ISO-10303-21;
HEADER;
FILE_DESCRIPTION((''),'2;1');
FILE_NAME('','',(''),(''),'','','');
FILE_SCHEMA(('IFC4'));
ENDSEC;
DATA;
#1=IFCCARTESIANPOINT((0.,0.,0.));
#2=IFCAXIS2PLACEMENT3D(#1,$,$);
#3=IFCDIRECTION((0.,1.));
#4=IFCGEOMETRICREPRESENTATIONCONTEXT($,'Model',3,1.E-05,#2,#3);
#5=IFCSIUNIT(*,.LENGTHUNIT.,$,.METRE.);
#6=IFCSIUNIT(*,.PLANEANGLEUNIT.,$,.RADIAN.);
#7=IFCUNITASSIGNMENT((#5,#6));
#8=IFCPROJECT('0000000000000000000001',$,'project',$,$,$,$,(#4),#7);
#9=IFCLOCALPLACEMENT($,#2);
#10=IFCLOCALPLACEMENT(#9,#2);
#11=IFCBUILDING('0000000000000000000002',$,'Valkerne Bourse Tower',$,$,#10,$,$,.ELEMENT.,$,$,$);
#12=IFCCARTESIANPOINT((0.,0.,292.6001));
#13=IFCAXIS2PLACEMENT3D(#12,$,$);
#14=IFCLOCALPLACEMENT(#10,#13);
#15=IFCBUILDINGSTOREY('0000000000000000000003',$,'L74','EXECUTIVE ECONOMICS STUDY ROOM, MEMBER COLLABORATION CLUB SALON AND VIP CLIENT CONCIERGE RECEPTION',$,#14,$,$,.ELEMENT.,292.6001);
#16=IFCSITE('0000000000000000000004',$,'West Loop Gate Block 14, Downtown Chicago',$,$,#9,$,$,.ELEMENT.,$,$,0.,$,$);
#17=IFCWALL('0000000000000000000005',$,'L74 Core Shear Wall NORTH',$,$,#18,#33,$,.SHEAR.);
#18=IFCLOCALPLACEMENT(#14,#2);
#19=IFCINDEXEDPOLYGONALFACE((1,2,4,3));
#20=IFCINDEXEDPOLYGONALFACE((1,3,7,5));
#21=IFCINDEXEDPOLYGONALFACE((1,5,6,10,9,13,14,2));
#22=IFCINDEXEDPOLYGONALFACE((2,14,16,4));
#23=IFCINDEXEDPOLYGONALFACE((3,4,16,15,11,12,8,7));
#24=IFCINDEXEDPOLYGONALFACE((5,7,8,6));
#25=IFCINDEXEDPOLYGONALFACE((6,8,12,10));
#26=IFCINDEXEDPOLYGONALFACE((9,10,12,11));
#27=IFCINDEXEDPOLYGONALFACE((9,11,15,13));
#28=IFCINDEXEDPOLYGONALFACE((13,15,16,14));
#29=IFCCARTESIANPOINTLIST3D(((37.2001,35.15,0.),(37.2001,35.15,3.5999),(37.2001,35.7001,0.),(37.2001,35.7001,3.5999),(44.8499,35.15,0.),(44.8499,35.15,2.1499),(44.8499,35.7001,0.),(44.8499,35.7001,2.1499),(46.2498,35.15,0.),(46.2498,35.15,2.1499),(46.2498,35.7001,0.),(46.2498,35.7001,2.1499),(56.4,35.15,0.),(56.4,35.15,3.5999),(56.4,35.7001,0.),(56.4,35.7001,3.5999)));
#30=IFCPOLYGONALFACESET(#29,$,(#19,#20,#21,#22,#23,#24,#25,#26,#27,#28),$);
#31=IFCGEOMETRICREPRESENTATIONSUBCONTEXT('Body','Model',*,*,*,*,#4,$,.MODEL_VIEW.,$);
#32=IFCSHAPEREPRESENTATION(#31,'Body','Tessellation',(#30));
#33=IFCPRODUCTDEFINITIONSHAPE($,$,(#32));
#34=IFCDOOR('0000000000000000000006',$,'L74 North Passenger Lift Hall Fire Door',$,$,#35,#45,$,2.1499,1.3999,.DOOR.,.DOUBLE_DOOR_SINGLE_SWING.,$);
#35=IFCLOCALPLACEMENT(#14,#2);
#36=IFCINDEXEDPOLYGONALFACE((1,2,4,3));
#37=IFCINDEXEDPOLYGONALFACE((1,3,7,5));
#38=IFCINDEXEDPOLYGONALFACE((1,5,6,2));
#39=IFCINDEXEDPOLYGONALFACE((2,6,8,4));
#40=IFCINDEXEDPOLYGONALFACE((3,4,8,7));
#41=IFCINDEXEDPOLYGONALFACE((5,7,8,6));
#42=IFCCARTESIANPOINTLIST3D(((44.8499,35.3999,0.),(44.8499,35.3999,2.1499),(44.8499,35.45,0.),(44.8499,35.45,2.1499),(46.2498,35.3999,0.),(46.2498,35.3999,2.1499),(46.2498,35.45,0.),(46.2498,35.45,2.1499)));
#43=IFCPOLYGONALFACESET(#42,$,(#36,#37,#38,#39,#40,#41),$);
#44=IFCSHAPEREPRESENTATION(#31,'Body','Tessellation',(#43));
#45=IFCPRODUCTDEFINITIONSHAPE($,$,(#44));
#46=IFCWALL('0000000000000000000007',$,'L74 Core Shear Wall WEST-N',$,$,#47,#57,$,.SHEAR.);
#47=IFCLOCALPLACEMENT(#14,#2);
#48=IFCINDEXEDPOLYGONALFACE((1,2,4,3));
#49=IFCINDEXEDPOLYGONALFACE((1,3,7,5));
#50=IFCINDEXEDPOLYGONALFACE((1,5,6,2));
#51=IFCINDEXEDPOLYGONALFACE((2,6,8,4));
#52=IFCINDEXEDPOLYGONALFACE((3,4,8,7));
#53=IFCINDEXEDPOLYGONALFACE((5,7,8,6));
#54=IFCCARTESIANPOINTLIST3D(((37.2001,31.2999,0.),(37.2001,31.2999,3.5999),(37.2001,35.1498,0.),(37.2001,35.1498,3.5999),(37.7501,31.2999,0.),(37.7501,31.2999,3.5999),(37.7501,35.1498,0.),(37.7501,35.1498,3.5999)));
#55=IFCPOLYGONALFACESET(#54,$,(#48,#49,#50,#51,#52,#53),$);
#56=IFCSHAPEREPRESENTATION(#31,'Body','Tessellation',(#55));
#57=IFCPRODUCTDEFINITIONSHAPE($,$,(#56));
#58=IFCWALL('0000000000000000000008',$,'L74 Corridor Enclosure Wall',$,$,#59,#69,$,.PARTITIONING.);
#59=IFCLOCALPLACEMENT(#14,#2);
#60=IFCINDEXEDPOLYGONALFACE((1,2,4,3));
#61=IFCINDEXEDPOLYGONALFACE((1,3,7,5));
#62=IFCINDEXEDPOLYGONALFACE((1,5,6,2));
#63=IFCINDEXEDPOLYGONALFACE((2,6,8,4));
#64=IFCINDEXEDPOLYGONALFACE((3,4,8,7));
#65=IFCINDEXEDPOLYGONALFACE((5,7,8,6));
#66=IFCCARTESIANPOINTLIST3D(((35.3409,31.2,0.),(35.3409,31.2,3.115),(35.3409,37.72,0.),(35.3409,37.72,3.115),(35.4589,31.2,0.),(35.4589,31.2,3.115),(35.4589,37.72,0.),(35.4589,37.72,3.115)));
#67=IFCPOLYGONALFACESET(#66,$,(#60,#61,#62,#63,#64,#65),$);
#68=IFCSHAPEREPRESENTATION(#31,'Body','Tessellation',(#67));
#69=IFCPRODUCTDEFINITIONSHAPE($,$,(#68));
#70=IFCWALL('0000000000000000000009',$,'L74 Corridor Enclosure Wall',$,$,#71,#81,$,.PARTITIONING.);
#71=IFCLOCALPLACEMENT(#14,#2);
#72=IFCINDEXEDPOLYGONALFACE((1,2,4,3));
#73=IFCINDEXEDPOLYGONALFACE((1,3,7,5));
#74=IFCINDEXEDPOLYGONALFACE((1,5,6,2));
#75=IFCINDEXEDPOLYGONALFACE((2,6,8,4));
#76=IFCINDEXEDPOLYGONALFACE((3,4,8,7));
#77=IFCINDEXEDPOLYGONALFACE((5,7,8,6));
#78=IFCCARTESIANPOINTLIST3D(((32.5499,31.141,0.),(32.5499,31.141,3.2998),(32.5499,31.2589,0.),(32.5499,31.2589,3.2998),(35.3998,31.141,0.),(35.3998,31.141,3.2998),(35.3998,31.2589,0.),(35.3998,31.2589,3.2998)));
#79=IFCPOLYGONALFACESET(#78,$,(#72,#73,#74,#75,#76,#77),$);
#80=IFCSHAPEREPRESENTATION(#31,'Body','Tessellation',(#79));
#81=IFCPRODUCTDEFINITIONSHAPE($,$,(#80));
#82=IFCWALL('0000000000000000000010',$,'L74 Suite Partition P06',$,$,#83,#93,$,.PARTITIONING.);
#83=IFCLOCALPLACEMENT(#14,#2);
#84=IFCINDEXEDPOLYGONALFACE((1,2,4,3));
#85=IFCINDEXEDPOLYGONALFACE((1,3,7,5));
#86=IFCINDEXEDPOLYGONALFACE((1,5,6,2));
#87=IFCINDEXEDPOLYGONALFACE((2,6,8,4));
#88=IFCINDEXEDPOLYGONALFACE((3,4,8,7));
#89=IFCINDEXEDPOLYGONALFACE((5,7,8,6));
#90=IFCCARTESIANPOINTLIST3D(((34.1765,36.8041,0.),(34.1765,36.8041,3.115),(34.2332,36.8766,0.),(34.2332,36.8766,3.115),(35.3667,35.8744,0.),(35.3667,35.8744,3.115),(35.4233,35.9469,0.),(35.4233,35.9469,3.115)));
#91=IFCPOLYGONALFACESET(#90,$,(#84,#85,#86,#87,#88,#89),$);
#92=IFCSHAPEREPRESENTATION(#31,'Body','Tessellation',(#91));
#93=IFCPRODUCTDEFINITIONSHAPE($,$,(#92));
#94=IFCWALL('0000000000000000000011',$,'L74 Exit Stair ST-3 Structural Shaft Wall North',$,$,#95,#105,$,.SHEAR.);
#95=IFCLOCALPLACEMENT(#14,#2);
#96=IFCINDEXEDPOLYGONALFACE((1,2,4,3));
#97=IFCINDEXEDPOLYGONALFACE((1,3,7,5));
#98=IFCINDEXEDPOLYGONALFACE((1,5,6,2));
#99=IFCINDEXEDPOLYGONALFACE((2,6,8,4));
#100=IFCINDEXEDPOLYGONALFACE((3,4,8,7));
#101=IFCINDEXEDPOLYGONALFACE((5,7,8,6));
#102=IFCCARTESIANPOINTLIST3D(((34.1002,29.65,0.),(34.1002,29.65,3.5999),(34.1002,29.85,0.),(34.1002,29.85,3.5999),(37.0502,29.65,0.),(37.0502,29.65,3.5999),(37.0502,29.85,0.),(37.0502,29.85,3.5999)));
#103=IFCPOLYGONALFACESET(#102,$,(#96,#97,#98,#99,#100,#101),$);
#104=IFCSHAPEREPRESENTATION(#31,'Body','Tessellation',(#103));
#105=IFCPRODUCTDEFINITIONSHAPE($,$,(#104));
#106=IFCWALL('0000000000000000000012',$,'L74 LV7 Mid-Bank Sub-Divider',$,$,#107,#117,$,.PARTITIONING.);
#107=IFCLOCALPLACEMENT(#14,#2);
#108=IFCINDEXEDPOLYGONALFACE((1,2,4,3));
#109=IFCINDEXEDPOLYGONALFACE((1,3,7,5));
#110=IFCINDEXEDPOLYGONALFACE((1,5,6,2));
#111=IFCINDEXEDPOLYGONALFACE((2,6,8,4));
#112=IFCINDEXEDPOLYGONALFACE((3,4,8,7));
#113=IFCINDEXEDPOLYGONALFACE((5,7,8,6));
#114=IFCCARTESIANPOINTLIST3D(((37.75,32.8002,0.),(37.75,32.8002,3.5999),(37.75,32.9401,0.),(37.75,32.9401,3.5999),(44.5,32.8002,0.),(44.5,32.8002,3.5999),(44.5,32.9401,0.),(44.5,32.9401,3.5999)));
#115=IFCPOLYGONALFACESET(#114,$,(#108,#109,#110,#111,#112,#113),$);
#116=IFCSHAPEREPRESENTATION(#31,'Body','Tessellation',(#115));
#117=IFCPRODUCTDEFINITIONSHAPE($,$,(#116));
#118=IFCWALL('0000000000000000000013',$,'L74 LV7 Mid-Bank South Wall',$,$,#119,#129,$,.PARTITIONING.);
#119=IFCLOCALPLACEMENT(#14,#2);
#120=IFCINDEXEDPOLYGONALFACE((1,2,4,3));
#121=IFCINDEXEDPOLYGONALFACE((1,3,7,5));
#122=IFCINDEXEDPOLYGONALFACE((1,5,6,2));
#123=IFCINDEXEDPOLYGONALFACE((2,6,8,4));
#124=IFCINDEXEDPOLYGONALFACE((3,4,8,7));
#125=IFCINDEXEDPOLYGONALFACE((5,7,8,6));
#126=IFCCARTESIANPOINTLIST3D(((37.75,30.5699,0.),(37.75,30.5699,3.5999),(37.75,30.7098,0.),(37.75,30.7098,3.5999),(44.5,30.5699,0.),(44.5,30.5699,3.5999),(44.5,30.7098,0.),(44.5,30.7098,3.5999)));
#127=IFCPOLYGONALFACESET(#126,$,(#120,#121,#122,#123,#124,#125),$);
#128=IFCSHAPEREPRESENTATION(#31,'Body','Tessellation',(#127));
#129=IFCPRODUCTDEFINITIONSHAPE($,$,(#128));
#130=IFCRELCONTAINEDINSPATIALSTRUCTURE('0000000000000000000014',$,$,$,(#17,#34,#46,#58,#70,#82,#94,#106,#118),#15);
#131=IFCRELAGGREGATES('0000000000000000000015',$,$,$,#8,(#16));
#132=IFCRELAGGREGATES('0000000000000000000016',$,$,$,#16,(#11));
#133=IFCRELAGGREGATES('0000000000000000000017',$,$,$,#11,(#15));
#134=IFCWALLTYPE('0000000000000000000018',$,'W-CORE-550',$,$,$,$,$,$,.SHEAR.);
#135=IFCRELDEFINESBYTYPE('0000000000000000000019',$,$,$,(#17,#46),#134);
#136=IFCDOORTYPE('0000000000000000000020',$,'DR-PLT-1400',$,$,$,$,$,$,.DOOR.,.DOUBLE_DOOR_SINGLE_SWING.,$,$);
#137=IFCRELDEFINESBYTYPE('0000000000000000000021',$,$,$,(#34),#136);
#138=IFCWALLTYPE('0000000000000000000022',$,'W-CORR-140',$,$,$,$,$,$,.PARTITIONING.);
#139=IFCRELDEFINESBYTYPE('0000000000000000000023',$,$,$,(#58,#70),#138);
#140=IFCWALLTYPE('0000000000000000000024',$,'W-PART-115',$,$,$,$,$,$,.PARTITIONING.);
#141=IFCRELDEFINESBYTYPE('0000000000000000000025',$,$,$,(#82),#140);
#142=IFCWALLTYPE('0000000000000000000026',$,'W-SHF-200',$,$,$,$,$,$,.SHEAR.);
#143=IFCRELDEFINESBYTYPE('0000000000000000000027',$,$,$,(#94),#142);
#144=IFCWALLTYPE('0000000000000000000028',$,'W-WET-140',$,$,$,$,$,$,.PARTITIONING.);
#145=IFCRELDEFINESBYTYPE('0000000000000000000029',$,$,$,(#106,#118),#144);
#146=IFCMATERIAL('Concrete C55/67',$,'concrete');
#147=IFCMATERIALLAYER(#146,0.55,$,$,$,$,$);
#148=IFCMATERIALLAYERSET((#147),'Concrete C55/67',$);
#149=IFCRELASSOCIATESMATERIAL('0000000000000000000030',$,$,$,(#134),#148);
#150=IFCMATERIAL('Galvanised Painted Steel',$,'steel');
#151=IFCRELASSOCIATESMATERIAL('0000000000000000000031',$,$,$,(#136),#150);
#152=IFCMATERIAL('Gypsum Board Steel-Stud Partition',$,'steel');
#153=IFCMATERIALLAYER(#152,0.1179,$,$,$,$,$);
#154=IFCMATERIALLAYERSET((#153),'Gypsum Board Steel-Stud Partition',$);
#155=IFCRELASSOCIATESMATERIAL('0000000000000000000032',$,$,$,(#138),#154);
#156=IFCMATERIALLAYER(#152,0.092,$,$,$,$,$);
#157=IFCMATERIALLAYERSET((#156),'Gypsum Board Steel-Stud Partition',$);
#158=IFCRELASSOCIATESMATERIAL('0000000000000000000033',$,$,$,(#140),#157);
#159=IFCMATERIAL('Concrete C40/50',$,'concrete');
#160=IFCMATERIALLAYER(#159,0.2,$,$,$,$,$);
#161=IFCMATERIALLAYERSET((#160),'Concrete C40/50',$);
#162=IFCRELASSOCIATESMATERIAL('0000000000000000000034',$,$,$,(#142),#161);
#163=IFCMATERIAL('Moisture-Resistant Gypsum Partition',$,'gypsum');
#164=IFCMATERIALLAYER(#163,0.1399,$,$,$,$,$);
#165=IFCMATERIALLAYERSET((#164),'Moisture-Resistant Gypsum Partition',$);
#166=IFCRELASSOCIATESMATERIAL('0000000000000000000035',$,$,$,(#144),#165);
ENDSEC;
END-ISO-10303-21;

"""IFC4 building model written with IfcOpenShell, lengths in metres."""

from ifc_helpers import new_model, si_unit, direction, frame, frame_2d, origin, place, context, subcontext, project, spatial, rectangle, extrude, material, layer, layer_set, type_object, element, fill, save


model = new_model("IFC4")

# Units and contexts
model_context = context("Model", 3, precision=1e-05, world=origin(), true_north=direction((0.0, 1.0)))
body_context = subcontext(model_context, "Body", "Model", "MODEL_VIEW")
ifc_project = project(units=[si_unit("LENGTHUNIT", "METRE"), si_unit("PLANEANGLEUNIT", "RADIAN")], contexts=[model_context])

# Site, building, storey
site_placement = place(None, origin())
site = spatial("IfcSite", under=ifc_project, at=site_placement, Name="West Loop Gate Block 14, Downtown Chicago", CompositionType="ELEMENT", RefElevation=0.0)
building_placement = place(site_placement, origin())
building = spatial("IfcBuilding", under=site, at=building_placement, Name="Valkerne Bourse Tower", CompositionType="ELEMENT")
storey_placement = place(building_placement, frame((0.0, 0.0, 292.6001)))
storey = spatial("IfcBuildingStorey", under=building, at=storey_placement, Name="L74", Description="EXECUTIVE ECONOMICS STUDY ROOM, MEMBER COLLABORATION CLUB SALON AND VIP CLIENT CONCIERGE RECEPTION", CompositionType="ELEMENT", Elevation=292.6001)

# Wall, opening, door
ifc_material_1 = material(Name="Concrete C55/67", Category="concrete")
ifc_layer_1 = layer(ifc_material_1, 0.55)
ifc_layer_set_1 = layer_set([ifc_layer_1], Name="Concrete C55/67")
wall_type_1 = type_object("IfcWallType", Name="W-CORE-550", PredefinedType="SHEAR", material=ifc_layer_set_1)
wall_1_placement = place(storey_placement, frame((37.2, 35.425, 0.0), z_axis=(0.0, 0.0, 1.0), x_axis=(1.0, 0.0, 0.0)))
wall_1 = element("IfcWall", 1, at=wall_1_placement, inside=storey, type_object=wall_type_1, Name="L74 Core Shear Wall NORTH", PredefinedType="SHEAR", context=body_context, shape_type="SweptSolid", body=[
    extrude(rectangle(XDim=19.2, YDim=0.55, at=frame_2d((9.6001, 0.0))), origin(), (0.0, 0.0, 1.0), 3.5999),
])
opening_placement = place(wall_1_placement, frame((7.6499, 0.0, 0.0)))
opening = element("IfcOpeningElement", 2, at=opening_placement, cuts=wall_1, PredefinedType="OPENING", context=body_context, shape_type="SweptSolid", body=[
    extrude(rectangle(XDim=1.3999, YDim=2.1499, at=frame_2d((0.7, 1.075))), frame((0.0, 0.2849, 0.0), z_axis=(0.0, -1.0, 0.0), x_axis=(1.0, 0.0, 0.0)), (0.0, 0.0, 1.0), 0.5701),
])
ifc_material_2 = material(Name="Galvanised Painted Steel", Category="steel")
door_type = type_object("IfcDoorType", Name="DR-PLT-1400", OperationType="DOUBLE_DOOR_SINGLE_SWING", PredefinedType="DOOR", material=ifc_material_2)
door_placement = place(opening_placement, origin())
door = element("IfcDoor", 3, at=door_placement, inside=storey, type_object=door_type, Name="L74 North Passenger Lift Hall Fire Door", OperationType="DOUBLE_DOOR_SINGLE_SWING", OverallHeight=2.1499, OverallWidth=1.3999, PredefinedType="DOOR", context=body_context, shape_type="SweptSolid", body=[
    extrude(rectangle(XDim=1.3999, YDim=2.1499, at=frame_2d((0.7, 1.075))), frame((0.0, 0.0249, 0.0), z_axis=(0.0, -1.0, 0.0), x_axis=(1.0, 0.0, 0.0)), (0.0, 0.0, 1.0), 0.05),
])
fill(opening, door)

# Walls
wall_2_placement = place(storey_placement, frame((37.4751, 31.3, 0.0), z_axis=(0.0, 0.0, 1.0), x_axis=(0.0, 1.0, 0.0)))
element("IfcWall", 4, at=wall_2_placement, inside=storey, type_object=wall_type_1, Name="L74 Core Shear Wall WEST-N", PredefinedType="SHEAR", context=body_context, shape_type="SweptSolid", body=[
    extrude(rectangle(XDim=3.8499, YDim=0.55, at=frame_2d((1.9248, 0.0))), origin(), (0.0, 0.0, 1.0), 3.5999),
])
ifc_material_3 = material(Name="Gypsum Board Steel-Stud Partition", Category="steel")
ifc_layer_2 = layer(ifc_material_3, 0.1179)
ifc_layer_set_2 = layer_set([ifc_layer_2], Name="Gypsum Board Steel-Stud Partition")
wall_type_2 = type_object("IfcWallType", Name="W-CORR-140", PredefinedType="PARTITIONING", material=ifc_layer_set_2)
wall_3_placement = place(storey_placement, frame((35.3999, 31.2, 0.0), z_axis=(0.0, 0.0, 1.0), x_axis=(0.0, 1.0, 0.0)))
element("IfcWall", 5, at=wall_3_placement, inside=storey, type_object=wall_type_2, Name="L74 Corridor Enclosure Wall", PredefinedType="PARTITIONING", context=body_context, shape_type="SweptSolid", body=[
    extrude(rectangle(XDim=6.52, YDim=0.1179, at=frame_2d((3.26, 0.0))), origin(), (0.0, 0.0, 1.0), 3.115),
])
wall_4_placement = place(storey_placement, frame((32.55, 31.2, 0.0), z_axis=(0.0, 0.0, 1.0), x_axis=(1.0, 0.0, 0.0)))
element("IfcWall", 6, at=wall_4_placement, inside=storey, type_object=wall_type_2, Name="L74 Corridor Enclosure Wall", PredefinedType="PARTITIONING", context=body_context, shape_type="SweptSolid", body=[
    extrude(rectangle(XDim=2.8499, YDim=0.1179, at=frame_2d((1.4248, 0.0))), origin(), (0.0, 0.0, 1.0), 3.2998),
])
ifc_layer_3 = layer(ifc_material_3, 0.092)
ifc_layer_set_3 = layer_set([ifc_layer_3], Name="Gypsum Board Steel-Stud Partition")
wall_type_3 = type_object("IfcWallType", Name="W-PART-115", PredefinedType="PARTITIONING", material=ifc_layer_set_3)
wall_5_placement = place(storey_placement, frame((35.395, 35.9106, 0.0), z_axis=(0.0, 0.0, 1.0), x_axis=(-0.788071, 0.615584, 0.0)))
element("IfcWall", 7, at=wall_5_placement, inside=storey, type_object=wall_type_3, Name="L74 Suite Partition P06", PredefinedType="PARTITIONING", context=body_context, shape_type="SweptSolid", body=[
    extrude(rectangle(XDim=1.5103, YDim=0.092, at=frame_2d((0.7551, 0.0))), origin(), (0.0, 0.0, 1.0), 3.115),
])
ifc_material_4 = material(Name="Concrete C40/50", Category="concrete")
ifc_layer_4 = layer(ifc_material_4, 0.2)
ifc_layer_set_4 = layer_set([ifc_layer_4], Name="Concrete C40/50")
wall_type_4 = type_object("IfcWallType", Name="W-SHF-200", PredefinedType="SHEAR", material=ifc_layer_set_4)
wall_6_placement = place(storey_placement, frame((34.1001, 29.75, 0.0), z_axis=(0.0, 0.0, 1.0), x_axis=(1.0, 0.0, 0.0)))
element("IfcWall", 8, at=wall_6_placement, inside=storey, type_object=wall_type_4, Name="L74 Exit Stair ST-3 Structural Shaft Wall North", PredefinedType="SHEAR", context=body_context, shape_type="SweptSolid", body=[
    extrude(rectangle(XDim=2.95, YDim=0.2, at=frame_2d((1.4751, 0.0))), origin(), (0.0, 0.0, 1.0), 3.5999),
])
ifc_material_5 = material(Name="Moisture-Resistant Gypsum Partition", Category="gypsum")
ifc_layer_5 = layer(ifc_material_5, 0.1399)
ifc_layer_set_5 = layer_set([ifc_layer_5], Name="Moisture-Resistant Gypsum Partition")
wall_type_5 = type_object("IfcWallType", Name="W-WET-140", PredefinedType="PARTITIONING", material=ifc_layer_set_5)
for number, where, z_axis, x_axis, name in (
    (9, (37.75, 32.8701, 0.0), (0.0, 0.0, 1.0), (1.0, 0.0, 0.0), "L74 LV7 Mid-Bank Sub-Divider"),
    (10, (37.75, 30.6399, 0.0), (0.0, 0.0, 1.0), (1.0, 0.0, 0.0), "L74 LV7 Mid-Bank South Wall"),
):
    element("IfcWall", number, at=place(storey_placement, frame(where, z_axis=z_axis, x_axis=x_axis)), inside=storey, type_object=wall_type_5, Name=name, PredefinedType="PARTITIONING", context=body_context, shape_type="SweptSolid", body=[
        extrude(rectangle(XDim=6.75, YDim=0.1399, at=frame_2d((3.375, 0.0))), origin(), (0.0, 0.0, 1.0), 3.5999),
    ])

save(model, "model.ifc")
